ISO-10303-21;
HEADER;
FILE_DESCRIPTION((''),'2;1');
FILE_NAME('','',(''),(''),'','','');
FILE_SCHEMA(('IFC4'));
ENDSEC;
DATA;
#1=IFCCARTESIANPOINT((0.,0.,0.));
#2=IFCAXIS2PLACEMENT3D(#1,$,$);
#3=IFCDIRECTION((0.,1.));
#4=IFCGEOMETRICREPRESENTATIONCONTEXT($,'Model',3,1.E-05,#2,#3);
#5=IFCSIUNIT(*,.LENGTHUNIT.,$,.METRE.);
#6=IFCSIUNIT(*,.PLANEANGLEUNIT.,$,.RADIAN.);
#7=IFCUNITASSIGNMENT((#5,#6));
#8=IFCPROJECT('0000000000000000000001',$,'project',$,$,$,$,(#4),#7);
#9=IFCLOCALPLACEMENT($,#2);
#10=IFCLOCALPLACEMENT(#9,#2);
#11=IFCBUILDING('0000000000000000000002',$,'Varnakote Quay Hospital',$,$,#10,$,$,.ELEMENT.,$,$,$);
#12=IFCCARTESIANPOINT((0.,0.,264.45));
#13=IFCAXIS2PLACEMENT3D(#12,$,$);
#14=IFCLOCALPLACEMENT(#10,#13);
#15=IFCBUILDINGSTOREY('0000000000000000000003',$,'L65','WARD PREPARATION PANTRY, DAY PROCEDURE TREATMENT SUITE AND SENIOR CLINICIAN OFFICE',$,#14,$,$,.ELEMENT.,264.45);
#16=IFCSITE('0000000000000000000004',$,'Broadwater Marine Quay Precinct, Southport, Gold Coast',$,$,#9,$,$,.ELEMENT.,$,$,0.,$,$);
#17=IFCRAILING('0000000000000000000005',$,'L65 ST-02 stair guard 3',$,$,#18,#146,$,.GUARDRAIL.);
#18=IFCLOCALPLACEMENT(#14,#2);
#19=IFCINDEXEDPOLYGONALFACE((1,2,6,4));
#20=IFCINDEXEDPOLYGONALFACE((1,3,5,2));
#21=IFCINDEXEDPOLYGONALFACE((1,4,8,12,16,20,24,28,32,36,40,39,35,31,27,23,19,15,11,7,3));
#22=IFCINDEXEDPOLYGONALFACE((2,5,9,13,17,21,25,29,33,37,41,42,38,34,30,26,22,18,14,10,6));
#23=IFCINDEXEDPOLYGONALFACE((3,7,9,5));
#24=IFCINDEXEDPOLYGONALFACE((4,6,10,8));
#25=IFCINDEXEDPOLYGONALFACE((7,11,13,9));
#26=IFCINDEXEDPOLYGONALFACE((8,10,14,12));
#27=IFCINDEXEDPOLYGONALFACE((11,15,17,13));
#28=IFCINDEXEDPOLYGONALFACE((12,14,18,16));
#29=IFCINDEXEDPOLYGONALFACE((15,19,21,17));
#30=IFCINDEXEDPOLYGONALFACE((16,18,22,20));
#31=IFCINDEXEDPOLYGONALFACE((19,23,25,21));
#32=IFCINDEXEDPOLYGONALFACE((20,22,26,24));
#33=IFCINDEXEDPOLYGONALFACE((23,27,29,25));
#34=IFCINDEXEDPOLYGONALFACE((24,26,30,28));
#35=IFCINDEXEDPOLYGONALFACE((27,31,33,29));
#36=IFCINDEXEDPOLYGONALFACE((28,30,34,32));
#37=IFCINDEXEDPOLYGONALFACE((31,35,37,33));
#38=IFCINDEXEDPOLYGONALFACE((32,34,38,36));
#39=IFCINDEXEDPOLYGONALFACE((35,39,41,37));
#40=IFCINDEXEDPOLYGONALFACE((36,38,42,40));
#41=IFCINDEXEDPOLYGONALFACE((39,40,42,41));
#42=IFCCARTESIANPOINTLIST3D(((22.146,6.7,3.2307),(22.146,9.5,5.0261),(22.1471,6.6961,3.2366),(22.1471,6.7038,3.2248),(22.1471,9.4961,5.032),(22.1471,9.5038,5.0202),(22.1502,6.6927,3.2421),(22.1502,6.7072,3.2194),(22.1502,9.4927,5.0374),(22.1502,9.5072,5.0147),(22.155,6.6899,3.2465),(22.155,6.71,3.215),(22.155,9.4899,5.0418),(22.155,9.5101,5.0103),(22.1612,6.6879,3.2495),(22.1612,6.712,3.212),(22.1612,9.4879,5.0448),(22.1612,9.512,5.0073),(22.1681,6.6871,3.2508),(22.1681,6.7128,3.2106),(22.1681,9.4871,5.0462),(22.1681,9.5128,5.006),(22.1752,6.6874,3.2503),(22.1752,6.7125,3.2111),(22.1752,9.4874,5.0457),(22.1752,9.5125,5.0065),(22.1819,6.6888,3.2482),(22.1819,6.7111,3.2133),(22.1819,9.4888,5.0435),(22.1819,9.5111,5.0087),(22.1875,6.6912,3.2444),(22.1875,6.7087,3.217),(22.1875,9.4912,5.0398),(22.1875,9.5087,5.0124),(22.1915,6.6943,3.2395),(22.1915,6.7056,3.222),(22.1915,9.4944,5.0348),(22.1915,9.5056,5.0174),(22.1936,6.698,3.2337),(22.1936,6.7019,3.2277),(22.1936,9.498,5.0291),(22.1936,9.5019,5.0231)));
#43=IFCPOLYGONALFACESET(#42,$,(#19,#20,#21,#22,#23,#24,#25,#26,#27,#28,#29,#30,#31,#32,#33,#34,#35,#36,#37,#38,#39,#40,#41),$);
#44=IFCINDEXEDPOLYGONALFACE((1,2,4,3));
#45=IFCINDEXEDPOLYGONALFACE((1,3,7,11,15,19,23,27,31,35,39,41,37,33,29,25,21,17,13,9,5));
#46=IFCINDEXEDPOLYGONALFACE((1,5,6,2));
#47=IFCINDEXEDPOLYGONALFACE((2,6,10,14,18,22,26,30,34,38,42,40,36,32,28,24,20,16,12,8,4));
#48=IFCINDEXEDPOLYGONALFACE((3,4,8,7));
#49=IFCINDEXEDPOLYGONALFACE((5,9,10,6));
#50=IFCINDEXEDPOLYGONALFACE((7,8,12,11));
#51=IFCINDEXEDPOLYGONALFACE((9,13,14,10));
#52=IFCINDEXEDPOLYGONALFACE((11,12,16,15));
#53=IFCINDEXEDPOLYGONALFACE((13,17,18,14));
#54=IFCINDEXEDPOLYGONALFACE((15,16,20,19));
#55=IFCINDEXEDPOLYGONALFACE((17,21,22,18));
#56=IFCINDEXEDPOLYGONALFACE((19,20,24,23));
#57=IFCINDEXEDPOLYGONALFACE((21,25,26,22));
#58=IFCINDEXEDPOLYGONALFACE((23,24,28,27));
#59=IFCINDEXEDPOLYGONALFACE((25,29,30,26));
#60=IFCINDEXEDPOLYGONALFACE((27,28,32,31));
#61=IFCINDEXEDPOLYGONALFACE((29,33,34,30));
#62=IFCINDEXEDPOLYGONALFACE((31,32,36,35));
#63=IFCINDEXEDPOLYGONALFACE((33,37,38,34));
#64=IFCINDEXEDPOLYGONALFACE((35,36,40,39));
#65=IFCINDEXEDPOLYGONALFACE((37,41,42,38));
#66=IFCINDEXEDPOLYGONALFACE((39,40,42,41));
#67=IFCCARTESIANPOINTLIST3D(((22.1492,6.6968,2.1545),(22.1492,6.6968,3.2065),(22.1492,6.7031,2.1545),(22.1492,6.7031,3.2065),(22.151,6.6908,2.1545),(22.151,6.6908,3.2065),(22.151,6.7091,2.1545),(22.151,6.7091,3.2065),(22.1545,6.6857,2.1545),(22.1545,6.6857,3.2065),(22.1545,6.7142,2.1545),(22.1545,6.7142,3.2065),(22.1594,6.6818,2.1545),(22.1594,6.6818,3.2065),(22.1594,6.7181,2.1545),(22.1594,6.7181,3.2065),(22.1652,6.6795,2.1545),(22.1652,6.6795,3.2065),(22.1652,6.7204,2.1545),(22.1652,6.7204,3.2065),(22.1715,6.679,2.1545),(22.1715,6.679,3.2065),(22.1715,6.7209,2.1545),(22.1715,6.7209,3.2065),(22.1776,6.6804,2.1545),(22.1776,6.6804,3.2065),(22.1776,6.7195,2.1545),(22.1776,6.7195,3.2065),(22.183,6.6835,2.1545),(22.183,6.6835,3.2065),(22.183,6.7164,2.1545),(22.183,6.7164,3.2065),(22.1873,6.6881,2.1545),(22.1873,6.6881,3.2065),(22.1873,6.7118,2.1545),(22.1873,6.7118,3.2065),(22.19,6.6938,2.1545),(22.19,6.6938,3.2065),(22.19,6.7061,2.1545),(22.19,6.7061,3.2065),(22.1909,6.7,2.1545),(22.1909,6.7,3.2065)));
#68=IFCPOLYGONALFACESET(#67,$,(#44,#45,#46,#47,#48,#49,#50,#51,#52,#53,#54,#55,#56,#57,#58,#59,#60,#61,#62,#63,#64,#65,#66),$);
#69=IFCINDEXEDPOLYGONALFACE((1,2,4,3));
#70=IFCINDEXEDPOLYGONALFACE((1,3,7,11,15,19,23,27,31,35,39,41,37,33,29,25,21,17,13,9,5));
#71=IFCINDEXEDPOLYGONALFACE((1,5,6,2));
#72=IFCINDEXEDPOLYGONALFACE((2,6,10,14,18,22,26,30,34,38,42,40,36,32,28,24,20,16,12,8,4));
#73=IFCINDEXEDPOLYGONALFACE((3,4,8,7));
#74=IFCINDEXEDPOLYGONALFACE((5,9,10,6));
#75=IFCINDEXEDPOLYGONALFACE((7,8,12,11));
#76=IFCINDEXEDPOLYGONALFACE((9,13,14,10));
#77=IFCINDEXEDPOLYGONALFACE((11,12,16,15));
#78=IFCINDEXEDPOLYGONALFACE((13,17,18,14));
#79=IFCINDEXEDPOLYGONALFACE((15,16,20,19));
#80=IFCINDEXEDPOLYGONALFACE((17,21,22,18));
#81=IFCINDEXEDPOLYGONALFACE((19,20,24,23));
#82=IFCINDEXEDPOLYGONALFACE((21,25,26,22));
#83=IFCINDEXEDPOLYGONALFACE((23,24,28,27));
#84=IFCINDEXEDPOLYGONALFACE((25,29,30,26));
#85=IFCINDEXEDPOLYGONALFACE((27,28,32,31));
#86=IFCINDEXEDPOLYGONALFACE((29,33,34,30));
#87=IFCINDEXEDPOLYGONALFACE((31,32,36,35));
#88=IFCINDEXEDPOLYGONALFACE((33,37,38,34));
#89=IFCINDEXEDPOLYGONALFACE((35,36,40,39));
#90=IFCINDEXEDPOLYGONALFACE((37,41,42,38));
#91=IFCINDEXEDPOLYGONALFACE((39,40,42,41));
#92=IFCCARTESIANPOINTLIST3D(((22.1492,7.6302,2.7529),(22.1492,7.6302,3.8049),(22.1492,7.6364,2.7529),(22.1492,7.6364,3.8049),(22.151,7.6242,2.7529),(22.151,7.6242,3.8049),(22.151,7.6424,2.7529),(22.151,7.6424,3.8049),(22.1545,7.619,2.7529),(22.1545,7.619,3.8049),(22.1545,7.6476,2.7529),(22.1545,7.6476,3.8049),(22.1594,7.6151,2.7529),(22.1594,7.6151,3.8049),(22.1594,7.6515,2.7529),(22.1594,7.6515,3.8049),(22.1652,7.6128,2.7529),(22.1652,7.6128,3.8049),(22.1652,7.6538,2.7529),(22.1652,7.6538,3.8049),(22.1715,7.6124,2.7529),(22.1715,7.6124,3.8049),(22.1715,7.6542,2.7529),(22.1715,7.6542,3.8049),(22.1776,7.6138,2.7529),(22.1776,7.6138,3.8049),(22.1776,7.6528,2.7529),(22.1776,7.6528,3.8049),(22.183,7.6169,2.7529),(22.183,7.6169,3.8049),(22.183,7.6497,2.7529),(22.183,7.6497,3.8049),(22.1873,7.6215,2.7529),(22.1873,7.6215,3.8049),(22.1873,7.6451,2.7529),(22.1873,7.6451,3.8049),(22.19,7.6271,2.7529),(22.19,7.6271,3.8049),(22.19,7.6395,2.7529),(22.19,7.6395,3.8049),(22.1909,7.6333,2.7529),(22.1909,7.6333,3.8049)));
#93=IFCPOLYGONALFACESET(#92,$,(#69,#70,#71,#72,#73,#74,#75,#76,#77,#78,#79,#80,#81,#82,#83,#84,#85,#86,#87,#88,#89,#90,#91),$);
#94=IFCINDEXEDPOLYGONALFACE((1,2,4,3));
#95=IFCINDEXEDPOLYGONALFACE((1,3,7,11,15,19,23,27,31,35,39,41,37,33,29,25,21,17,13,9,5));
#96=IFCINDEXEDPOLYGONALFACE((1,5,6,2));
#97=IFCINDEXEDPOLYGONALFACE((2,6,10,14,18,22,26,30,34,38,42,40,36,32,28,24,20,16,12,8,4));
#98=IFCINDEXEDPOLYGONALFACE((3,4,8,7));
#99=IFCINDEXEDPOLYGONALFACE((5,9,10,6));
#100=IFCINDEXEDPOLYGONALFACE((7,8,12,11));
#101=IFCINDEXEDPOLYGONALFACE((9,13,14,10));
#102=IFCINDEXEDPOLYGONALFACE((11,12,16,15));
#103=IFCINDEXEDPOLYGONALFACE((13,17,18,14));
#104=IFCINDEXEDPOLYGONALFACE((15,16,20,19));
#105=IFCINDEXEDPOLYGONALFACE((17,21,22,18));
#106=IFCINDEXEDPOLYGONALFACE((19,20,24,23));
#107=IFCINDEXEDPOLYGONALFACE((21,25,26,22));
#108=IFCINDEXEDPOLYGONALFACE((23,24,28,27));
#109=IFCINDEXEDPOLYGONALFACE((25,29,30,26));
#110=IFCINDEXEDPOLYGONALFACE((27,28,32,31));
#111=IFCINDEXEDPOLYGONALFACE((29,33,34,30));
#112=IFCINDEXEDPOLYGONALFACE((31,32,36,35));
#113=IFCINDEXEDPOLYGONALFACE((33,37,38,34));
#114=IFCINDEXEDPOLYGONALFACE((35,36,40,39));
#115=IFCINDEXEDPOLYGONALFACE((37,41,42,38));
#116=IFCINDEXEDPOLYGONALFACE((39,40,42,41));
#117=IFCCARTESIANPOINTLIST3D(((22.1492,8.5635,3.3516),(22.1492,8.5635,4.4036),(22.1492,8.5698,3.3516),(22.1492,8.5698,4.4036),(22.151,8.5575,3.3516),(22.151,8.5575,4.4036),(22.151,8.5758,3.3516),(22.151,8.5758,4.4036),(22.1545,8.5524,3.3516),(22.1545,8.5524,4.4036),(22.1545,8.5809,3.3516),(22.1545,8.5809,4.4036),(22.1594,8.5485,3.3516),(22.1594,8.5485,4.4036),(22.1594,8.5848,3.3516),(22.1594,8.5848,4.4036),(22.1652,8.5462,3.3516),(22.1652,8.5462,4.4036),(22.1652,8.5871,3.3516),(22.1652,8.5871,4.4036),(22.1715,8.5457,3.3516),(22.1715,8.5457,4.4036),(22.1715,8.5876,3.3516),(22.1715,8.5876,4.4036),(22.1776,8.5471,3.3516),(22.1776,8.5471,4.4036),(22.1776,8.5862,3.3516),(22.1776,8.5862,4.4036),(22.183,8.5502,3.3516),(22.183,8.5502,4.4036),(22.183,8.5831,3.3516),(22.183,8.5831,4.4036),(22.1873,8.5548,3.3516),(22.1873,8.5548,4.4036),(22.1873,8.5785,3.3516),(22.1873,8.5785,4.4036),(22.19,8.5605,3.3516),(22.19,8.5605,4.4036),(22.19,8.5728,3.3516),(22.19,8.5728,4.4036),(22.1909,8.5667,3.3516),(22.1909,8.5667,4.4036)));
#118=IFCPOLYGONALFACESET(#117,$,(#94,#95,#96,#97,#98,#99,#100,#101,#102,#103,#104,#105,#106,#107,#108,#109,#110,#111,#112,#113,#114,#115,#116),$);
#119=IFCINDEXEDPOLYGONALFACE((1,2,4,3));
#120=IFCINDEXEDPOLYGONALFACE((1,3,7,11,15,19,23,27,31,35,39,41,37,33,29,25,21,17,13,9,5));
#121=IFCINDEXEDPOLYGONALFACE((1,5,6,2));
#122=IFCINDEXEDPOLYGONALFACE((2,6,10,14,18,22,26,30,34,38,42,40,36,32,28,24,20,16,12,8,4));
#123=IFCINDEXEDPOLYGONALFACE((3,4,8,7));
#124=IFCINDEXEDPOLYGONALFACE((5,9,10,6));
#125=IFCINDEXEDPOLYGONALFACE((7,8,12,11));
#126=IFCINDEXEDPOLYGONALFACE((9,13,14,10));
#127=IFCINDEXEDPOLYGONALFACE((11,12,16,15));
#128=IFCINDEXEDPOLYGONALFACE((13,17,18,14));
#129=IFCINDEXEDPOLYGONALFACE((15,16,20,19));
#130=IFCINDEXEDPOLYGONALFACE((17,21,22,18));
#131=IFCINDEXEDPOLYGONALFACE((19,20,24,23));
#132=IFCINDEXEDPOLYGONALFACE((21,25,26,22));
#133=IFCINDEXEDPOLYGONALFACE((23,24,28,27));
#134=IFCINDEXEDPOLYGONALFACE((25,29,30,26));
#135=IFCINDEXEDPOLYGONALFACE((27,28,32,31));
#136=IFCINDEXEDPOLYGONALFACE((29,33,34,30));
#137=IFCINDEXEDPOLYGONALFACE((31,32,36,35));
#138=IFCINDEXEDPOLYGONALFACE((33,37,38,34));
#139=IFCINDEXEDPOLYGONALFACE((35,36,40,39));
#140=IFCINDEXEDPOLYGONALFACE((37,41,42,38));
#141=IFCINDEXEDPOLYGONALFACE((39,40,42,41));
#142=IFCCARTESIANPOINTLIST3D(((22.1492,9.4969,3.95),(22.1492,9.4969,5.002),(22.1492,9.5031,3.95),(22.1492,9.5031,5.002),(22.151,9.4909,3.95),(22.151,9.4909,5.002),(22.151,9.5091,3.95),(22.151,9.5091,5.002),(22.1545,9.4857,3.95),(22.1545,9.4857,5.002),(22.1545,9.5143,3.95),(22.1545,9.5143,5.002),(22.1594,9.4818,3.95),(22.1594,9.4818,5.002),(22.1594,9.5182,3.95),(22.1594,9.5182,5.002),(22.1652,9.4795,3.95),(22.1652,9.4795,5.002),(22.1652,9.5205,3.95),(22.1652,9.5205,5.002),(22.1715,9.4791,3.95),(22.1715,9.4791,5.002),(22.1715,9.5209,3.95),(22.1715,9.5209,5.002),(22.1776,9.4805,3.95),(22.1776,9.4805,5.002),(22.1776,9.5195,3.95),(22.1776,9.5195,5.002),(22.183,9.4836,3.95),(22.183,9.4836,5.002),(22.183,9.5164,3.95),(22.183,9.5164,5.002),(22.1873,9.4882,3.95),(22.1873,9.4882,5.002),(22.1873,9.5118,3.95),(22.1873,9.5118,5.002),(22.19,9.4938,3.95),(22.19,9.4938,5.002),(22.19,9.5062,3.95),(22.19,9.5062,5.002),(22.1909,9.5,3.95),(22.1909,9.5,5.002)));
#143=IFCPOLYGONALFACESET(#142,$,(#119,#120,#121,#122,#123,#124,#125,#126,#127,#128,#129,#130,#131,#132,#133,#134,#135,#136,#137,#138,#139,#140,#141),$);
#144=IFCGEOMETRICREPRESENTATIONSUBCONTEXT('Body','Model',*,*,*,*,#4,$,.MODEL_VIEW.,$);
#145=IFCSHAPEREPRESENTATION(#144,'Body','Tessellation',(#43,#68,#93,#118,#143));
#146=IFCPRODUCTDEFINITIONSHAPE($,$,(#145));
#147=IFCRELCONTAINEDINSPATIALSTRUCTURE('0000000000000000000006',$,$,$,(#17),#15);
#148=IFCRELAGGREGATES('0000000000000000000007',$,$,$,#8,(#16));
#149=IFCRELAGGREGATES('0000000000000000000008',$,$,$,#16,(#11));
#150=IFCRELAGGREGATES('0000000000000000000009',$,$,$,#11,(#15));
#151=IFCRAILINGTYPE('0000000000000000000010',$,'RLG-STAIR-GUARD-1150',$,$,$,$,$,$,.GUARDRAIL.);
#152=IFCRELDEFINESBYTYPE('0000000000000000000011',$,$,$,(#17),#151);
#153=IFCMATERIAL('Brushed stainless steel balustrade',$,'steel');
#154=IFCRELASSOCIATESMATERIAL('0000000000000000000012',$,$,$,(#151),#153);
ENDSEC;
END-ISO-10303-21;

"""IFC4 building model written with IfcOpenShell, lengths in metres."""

from ifc_helpers import new_model, si_unit, direction, frame, origin, origin_2d, place, context, subcontext, project, spatial, circle, extrude, material, type_object, element, save


model = new_model("IFC4")

# Units and contexts
model_context = context("Model", 3, precision=1e-05, world=origin(), true_north=direction((0.0, 1.0)))
body_context = subcontext(model_context, "Body", "Model", "MODEL_VIEW")
ifc_project = project(units=[si_unit("LENGTHUNIT", "METRE"), si_unit("PLANEANGLEUNIT", "RADIAN")], contexts=[model_context])

# Site, building, storey
site_placement = place(None, origin())
site = spatial("IfcSite", under=ifc_project, at=site_placement, Name="Broadwater Marine Quay Precinct, Southport, Gold Coast", CompositionType="ELEMENT", RefElevation=0.0)
building_placement = place(site_placement, origin())
building = spatial("IfcBuilding", under=site, at=building_placement, Name="Varnakote Quay Hospital", CompositionType="ELEMENT")
storey_placement = place(building_placement, frame((0.0, 0.0, 264.45)))
storey = spatial("IfcBuildingStorey", under=building, at=storey_placement, Name="L65", Description="WARD PREPARATION PANTRY, DAY PROCEDURE TREATMENT SUITE AND SENIOR CLINICIAN OFFICE", CompositionType="ELEMENT", Elevation=264.45)

# Railing
ifc_material_1 = material(Name="Brushed stainless steel balustrade", Category="steel")
railing_type_1 = type_object("IfcRailingType", Name="RLG-STAIR-GUARD-1150", PredefinedType="GUARDRAIL", material=ifc_material_1)
railing_1_placement = place(storey_placement, frame((22.1699, 6.7, 2.1545)))
element("IfcRailing", 1, at=railing_1_placement, inside=storey, type_object=railing_type_1, Name="L65 ST-02 stair guard 3", PredefinedType="GUARDRAIL", context=body_context, shape_type="SweptSolid", body=[
    extrude(circle(Radius=0.0239, at=origin_2d()), frame((0.0, 0.0, 1.0762), z_axis=(0.0, 0.84181, 0.539774), x_axis=(-1.0, 0.0, 0.0)), (0.0, 0.0, 1.0), 3.3262),
    extrude(circle(Radius=0.021, at=origin_2d()), origin(), (0.0, 0.0, 1.0), 1.052),
    extrude(circle(Radius=0.021, at=origin_2d()), frame((0.0, 0.9333, 0.5984)), (0.0, 0.0, 1.0), 1.052),
    extrude(circle(Radius=0.021, at=origin_2d()), frame((0.0, 1.8667, 1.197)), (0.0, 0.0, 1.0), 1.052),
    extrude(circle(Radius=0.021, at=origin_2d()), frame((0.0, 2.8, 1.7954)), (0.0, 0.0, 1.0), 1.052),
])

save(model, "model.ifc")
